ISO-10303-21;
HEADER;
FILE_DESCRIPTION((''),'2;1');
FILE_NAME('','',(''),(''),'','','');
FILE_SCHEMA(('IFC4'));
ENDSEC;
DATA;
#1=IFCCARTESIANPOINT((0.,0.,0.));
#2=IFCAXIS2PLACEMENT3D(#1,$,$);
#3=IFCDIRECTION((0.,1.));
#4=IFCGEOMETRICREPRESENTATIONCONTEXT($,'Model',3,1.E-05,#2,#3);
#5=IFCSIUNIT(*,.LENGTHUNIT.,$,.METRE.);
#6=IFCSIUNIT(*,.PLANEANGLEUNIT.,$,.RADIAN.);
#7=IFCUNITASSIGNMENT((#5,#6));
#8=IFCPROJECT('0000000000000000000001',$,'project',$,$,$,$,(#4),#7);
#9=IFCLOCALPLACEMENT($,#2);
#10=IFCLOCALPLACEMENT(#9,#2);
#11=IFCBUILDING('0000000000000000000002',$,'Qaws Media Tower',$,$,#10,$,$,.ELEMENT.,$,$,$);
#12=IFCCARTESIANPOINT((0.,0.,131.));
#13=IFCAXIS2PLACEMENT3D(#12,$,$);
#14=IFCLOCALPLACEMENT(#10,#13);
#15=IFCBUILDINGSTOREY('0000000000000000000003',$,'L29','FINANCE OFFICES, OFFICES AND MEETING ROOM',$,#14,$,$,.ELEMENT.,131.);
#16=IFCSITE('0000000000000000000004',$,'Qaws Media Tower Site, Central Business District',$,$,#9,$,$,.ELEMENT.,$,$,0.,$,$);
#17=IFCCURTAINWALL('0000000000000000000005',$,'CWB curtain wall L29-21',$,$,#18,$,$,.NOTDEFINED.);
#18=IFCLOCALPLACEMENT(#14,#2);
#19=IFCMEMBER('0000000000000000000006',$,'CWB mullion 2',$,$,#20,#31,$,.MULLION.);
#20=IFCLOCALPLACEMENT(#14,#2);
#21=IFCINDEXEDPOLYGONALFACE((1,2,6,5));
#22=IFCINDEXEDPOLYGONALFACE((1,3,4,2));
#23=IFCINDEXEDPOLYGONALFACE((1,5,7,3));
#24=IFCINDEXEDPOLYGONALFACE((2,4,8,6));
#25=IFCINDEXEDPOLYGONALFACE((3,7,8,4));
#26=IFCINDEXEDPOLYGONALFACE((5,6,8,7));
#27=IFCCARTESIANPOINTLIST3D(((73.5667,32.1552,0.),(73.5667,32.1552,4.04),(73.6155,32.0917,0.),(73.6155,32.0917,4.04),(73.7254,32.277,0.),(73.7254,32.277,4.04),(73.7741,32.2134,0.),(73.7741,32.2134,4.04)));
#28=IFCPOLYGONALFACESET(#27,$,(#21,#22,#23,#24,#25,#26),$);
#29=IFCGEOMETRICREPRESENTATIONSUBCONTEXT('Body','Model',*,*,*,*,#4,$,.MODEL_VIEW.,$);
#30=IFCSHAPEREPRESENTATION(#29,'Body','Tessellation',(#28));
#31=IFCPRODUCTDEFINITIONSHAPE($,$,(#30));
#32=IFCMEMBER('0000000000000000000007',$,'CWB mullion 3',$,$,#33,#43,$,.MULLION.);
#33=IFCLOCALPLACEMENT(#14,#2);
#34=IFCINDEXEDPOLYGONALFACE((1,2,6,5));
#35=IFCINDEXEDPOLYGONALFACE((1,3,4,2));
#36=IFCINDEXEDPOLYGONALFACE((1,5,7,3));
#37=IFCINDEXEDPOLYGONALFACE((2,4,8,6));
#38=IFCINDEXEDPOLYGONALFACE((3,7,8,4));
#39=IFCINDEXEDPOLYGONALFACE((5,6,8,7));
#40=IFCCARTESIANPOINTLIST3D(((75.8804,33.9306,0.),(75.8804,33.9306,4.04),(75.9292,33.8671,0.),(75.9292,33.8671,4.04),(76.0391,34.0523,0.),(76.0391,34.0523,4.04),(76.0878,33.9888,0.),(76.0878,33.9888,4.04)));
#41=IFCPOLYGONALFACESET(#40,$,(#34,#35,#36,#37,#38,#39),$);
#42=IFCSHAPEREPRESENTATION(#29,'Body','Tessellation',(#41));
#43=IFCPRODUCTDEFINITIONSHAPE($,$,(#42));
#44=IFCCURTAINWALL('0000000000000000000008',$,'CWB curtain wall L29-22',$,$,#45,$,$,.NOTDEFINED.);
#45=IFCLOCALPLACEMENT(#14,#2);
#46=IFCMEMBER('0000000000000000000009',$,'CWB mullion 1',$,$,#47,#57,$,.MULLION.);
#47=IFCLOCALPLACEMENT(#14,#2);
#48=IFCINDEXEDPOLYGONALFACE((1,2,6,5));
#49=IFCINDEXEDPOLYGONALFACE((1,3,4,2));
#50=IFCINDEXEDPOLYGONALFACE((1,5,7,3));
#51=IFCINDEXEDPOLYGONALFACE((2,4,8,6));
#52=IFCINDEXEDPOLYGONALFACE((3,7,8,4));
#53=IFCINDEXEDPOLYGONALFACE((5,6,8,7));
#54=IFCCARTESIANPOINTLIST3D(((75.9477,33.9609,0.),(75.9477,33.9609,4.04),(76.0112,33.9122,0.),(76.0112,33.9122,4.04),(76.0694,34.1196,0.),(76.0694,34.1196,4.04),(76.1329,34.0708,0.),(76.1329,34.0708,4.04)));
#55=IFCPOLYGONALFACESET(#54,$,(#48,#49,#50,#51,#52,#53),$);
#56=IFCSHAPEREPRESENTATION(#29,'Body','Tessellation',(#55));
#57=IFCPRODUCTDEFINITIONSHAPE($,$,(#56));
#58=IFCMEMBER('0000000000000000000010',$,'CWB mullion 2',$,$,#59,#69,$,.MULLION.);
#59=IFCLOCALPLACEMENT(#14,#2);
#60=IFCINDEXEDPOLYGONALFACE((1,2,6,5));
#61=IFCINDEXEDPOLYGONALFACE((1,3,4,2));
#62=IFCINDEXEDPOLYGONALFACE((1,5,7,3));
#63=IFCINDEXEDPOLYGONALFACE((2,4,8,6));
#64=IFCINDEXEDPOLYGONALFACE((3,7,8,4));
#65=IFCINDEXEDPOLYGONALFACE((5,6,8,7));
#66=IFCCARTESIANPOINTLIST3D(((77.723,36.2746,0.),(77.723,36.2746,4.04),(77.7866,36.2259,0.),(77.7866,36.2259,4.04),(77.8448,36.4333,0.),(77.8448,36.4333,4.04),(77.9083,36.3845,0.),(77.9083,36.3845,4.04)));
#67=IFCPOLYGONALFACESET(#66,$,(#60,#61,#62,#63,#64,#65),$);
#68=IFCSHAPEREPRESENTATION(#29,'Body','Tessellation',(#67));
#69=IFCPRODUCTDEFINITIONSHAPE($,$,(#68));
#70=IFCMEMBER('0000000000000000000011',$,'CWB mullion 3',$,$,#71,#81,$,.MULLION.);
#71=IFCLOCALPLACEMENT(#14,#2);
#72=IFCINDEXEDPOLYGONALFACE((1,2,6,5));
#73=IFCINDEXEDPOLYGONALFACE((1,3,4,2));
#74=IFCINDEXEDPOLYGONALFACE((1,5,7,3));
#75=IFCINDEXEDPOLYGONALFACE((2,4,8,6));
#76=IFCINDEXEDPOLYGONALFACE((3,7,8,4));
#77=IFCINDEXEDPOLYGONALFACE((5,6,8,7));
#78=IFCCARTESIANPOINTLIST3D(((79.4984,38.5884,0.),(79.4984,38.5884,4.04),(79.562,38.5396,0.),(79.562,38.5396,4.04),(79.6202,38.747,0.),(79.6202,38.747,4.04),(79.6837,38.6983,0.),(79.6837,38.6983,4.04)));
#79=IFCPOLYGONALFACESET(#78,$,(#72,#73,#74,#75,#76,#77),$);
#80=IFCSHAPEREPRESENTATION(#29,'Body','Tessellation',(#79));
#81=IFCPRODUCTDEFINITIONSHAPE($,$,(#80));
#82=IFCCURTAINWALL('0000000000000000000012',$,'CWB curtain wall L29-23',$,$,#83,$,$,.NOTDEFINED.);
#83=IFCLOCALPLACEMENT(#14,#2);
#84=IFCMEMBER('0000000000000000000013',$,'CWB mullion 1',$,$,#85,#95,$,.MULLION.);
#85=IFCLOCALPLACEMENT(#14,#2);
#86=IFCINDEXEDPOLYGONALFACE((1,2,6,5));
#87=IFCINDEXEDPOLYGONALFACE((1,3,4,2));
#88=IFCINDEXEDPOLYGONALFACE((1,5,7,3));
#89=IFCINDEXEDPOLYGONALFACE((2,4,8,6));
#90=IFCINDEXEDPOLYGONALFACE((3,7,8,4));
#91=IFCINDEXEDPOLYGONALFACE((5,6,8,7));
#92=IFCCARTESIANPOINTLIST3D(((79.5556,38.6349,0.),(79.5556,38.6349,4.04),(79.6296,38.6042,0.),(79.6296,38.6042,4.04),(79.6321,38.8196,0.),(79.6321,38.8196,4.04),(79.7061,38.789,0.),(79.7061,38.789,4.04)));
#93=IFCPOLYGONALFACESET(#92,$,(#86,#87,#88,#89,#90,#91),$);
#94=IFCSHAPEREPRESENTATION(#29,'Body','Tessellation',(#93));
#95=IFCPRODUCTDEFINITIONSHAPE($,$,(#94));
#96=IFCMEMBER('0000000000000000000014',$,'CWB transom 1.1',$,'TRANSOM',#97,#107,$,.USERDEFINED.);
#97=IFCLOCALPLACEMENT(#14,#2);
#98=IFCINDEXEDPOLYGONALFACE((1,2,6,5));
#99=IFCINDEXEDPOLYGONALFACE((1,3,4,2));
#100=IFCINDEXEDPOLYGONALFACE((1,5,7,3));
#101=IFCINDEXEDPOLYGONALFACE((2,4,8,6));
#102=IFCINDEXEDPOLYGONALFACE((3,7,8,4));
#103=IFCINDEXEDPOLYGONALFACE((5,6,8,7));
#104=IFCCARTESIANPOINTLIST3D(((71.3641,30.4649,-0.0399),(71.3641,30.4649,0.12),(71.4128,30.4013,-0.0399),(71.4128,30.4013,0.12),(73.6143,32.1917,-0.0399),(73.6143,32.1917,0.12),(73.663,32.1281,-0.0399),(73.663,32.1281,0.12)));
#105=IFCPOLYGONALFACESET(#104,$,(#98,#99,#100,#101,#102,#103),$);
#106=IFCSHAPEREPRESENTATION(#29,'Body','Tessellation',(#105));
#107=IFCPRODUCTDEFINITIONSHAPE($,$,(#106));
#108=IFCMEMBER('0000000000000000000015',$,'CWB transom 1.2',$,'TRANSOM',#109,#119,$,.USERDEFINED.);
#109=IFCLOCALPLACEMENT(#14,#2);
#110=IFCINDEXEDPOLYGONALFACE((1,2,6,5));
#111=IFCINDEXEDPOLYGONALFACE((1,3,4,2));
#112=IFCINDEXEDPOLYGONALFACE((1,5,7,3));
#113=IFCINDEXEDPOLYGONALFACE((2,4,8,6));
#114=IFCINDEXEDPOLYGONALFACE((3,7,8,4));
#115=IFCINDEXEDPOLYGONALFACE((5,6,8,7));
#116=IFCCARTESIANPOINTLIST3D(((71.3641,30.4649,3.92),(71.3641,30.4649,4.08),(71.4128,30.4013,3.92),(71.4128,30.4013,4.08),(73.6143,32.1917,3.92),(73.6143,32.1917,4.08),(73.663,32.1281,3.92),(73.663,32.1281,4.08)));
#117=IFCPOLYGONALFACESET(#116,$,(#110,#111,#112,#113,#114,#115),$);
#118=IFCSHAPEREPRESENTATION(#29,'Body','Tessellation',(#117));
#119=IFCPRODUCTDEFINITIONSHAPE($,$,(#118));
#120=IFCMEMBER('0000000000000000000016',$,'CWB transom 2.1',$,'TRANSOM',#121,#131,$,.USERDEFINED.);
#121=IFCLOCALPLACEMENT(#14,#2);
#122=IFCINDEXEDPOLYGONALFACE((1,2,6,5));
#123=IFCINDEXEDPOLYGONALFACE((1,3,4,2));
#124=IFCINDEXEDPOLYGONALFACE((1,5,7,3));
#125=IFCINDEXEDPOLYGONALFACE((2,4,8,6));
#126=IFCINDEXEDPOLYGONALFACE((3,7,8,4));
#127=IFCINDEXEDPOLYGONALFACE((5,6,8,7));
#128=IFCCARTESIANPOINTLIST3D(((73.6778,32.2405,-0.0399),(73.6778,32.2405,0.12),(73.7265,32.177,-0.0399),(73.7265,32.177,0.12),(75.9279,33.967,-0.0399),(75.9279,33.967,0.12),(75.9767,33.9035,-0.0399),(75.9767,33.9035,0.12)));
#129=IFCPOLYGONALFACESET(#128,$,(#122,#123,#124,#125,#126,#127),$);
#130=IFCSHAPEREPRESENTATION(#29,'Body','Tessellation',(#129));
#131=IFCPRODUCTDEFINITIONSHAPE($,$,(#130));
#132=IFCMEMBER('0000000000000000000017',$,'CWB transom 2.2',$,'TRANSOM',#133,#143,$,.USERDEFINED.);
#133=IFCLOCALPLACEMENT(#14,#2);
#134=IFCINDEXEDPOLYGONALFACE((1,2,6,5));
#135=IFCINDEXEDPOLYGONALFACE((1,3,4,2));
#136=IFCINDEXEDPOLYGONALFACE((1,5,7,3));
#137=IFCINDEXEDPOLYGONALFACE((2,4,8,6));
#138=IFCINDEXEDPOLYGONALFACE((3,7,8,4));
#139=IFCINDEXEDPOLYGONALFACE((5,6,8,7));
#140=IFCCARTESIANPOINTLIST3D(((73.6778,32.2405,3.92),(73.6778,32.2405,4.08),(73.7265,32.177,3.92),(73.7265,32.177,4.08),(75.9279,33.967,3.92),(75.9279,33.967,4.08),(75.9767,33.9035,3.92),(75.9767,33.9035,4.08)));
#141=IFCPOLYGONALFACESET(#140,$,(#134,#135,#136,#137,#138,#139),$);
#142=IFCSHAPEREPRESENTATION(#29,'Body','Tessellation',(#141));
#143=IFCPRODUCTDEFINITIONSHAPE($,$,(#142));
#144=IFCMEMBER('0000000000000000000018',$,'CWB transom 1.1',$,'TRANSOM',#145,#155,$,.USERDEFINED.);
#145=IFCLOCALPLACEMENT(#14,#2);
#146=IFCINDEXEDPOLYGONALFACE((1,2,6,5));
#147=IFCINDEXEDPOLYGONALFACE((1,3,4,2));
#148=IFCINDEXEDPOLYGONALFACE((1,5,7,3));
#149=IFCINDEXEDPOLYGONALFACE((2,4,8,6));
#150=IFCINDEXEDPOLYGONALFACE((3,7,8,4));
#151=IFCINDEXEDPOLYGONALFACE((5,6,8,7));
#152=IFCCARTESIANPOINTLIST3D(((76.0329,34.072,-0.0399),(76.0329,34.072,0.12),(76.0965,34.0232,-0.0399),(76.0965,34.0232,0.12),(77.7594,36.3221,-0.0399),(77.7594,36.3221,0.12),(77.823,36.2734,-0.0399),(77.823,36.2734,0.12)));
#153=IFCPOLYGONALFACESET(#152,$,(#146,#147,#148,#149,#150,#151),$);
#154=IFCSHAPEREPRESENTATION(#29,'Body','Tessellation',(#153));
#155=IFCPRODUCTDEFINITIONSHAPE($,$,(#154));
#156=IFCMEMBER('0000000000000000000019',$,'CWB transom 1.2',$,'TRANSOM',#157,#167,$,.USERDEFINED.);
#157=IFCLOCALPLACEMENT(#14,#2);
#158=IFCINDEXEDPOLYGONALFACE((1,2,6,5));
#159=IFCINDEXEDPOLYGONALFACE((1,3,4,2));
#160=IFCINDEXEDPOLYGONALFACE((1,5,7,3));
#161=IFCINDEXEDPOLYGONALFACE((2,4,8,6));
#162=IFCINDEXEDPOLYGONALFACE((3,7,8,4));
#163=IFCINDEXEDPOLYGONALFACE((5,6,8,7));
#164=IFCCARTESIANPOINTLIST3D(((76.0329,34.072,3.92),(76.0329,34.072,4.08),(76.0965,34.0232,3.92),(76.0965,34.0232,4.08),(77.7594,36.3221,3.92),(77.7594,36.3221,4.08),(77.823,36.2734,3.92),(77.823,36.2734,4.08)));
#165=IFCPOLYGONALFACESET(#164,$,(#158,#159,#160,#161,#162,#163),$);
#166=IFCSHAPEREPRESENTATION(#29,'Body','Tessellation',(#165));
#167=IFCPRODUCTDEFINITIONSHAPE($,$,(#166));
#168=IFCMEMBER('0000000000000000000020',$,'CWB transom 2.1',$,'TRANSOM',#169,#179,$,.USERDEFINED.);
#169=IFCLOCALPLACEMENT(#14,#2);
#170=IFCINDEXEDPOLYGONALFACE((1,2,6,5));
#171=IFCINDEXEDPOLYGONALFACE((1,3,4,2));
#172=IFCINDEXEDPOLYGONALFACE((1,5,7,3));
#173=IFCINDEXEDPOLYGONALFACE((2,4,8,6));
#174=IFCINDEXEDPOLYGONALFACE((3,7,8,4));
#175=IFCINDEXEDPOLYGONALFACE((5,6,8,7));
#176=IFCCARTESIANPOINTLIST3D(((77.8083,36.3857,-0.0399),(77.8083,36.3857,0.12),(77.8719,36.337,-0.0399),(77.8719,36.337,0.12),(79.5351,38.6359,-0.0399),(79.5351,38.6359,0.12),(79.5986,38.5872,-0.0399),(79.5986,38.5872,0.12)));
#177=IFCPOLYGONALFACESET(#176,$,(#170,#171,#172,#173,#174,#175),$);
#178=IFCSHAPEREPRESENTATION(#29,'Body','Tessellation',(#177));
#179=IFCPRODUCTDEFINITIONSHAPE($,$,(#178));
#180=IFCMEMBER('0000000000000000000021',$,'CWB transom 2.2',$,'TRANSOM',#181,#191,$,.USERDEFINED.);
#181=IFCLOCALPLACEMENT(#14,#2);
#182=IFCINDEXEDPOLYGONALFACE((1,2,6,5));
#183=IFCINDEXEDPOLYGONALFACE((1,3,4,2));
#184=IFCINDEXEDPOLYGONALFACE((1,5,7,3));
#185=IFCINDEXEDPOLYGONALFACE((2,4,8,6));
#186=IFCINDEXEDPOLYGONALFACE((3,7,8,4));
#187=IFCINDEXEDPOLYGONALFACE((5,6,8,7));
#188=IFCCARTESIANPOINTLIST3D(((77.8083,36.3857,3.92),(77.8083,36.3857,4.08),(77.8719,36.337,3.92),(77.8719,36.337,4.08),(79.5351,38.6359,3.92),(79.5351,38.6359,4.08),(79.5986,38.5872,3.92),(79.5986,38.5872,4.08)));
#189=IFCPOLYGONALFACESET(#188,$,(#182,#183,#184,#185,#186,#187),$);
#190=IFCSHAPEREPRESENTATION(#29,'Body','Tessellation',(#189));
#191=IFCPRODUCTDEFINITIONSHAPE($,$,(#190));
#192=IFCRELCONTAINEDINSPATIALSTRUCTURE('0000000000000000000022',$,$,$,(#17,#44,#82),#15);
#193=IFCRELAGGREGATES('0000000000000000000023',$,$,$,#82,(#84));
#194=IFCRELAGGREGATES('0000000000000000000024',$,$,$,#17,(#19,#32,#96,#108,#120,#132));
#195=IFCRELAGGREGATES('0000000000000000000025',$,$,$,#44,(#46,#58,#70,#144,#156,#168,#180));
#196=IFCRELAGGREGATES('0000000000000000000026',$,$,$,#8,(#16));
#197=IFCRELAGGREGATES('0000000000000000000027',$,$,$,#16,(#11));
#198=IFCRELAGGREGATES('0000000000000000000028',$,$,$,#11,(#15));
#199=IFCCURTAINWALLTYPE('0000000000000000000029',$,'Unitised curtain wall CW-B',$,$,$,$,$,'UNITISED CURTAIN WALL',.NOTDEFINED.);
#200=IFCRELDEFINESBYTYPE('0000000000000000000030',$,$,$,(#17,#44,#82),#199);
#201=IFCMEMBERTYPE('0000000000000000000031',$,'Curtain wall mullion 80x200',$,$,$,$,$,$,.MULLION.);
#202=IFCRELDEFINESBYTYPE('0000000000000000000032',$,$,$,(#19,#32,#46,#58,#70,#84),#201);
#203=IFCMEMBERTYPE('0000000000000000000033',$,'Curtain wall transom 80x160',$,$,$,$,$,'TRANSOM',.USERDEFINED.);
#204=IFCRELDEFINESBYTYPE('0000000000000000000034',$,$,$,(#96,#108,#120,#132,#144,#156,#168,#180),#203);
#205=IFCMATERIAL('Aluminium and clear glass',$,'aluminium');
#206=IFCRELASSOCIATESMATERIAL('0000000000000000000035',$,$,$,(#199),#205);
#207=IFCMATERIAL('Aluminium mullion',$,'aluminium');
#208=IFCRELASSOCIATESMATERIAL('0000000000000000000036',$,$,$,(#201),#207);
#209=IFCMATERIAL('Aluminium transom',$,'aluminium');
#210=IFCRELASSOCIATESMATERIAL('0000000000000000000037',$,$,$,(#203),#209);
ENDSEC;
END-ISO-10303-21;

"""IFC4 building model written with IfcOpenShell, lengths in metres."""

from ifc_helpers import new_model, si_unit, direction, frame, origin, origin_2d, place, context, subcontext, project, spatial, rectangle, extrude, material, material_profile, profile_set, type_object, element, aggregate, save


model = new_model("IFC4")

# Units and contexts
model_context = context("Model", 3, precision=1e-05, world=origin(), true_north=direction((0.0, 1.0)))
body_context = subcontext(model_context, "Body", "Model", "MODEL_VIEW")
ifc_project = project(units=[si_unit("LENGTHUNIT", "METRE"), si_unit("PLANEANGLEUNIT", "RADIAN")], contexts=[model_context])

# Site, building, storey
site_placement = place(None, origin())
site = spatial("IfcSite", under=ifc_project, at=site_placement, Name="Qaws Media Tower Site, Central Business District", CompositionType="ELEMENT", RefElevation=0.0)
building_placement = place(site_placement, origin())
building = spatial("IfcBuilding", under=site, at=building_placement, Name="Qaws Media Tower", CompositionType="ELEMENT")
storey_placement = place(building_placement, frame((0.0, 0.0, 131.0)))
storey = spatial("IfcBuildingStorey", under=building, at=storey_placement, Name="L29", Description="FINANCE OFFICES, OFFICES AND MEETING ROOM", CompositionType="ELEMENT", Elevation=131.0)

# Curtain walls, members
ifc_material_1 = material(Name="Aluminium and clear glass", Category="aluminium")
curtain_wall_type = type_object("IfcCurtainWallType", Name="Unitised curtain wall CW-B", ElementType="UNITISED CURTAIN WALL", PredefinedType="NOTDEFINED", material=ifc_material_1)
curtain_wall_1_placement = place(storey_placement, origin())
curtain_wall_1 = element("IfcCurtainWall", 1, at=curtain_wall_1_placement, inside=storey, type_object=curtain_wall_type, Name="CWB curtain wall L29-21", PredefinedType="NOTDEFINED")
ifc_material_2 = material(Name="Aluminium mullion", Category="aluminium")
ifc_material_profile_1 = material_profile(ifc_material_2, rectangle(XDim=0.0801, YDim=0.2, at=origin_2d()), Name="80x200")
ifc_profile_set_1 = profile_set([ifc_material_profile_1], Name="Aluminium mullion")
member_type_1 = type_object("IfcMemberType", Name="Curtain wall mullion 80x200", PredefinedType="MULLION", material=ifc_profile_set_1)
member_1_placement = place(storey_placement, frame((73.6704, 32.1843, 0.0), z_axis=(0.0, 0.0, 1.0), x_axis=(-0.608761, 0.793353, 0.0)))
member_1 = element("IfcMember", 2, at=member_1_placement, type_object=member_type_1, Name="CWB mullion 2", PredefinedType="MULLION", context=body_context, shape_type="SweptSolid", body=[
    extrude(rectangle(XDim=0.0801, YDim=0.2, at=origin_2d()), origin(), (0.0, 0.0, 1.0), 4.04),
])
member_2_placement = place(storey_placement, frame((75.9841, 33.9597, 0.0), z_axis=(0.0, 0.0, 1.0), x_axis=(-0.608761, 0.793353, 0.0)))
member_2 = element("IfcMember", 3, at=member_2_placement, type_object=member_type_1, Name="CWB mullion 3", PredefinedType="MULLION", context=body_context, shape_type="SweptSolid", body=[
    extrude(rectangle(XDim=0.0801, YDim=0.2, at=origin_2d()), origin(), (0.0, 0.0, 1.0), 4.04),
])
curtain_wall_2_placement = place(storey_placement, origin())
curtain_wall_2 = element("IfcCurtainWall", 4, at=curtain_wall_2_placement, inside=storey, type_object=curtain_wall_type, Name="CWB curtain wall L29-22", PredefinedType="NOTDEFINED")
member_3_placement = place(storey_placement, frame((76.0403, 34.0159, 0.0), z_axis=(0.0, 0.0, 1.0), x_axis=(-0.793353, 0.608761, 0.0)))
member_3 = element("IfcMember", 5, at=member_3_placement, type_object=member_type_1, Name="CWB mullion 1", PredefinedType="MULLION", context=body_context, shape_type="SweptSolid", body=[
    extrude(rectangle(XDim=0.0801, YDim=0.2, at=origin_2d()), origin(), (0.0, 0.0, 1.0), 4.04),
])
member_4_placement = place(storey_placement, frame((77.8157, 36.3296, 0.0), z_axis=(0.0, 0.0, 1.0), x_axis=(-0.793353, 0.608761, 0.0)))
member_4 = element("IfcMember", 6, at=member_4_placement, type_object=member_type_1, Name="CWB mullion 2", PredefinedType="MULLION", context=body_context, shape_type="SweptSolid", body=[
    extrude(rectangle(XDim=0.0801, YDim=0.2, at=origin_2d()), origin(), (0.0, 0.0, 1.0), 4.04),
])
member_5_placement = place(storey_placement, frame((79.5911, 38.6433, 0.0), z_axis=(0.0, 0.0, 1.0), x_axis=(-0.793353, 0.608761, 0.0)))
member_5 = element("IfcMember", 7, at=member_5_placement, type_object=member_type_1, Name="CWB mullion 3", PredefinedType="MULLION", context=body_context, shape_type="SweptSolid", body=[
    extrude(rectangle(XDim=0.0801, YDim=0.2, at=origin_2d()), origin(), (0.0, 0.0, 1.0), 4.04),
])

# Curtain wall, member
curtain_wall_3_placement = place(storey_placement, origin())
curtain_wall_3 = element("IfcCurtainWall", 8, at=curtain_wall_3_placement, inside=storey, type_object=curtain_wall_type, Name="CWB curtain wall L29-23", PredefinedType="NOTDEFINED")
member_6_placement = place(storey_placement, frame((79.6309, 38.7119, 0.0), z_axis=(0.0, 0.0, 1.0), x_axis=(-0.92388, 0.382683, 0.0)))
member_6 = element("IfcMember", 9, at=member_6_placement, type_object=member_type_1, Name="CWB mullion 1", PredefinedType="MULLION", context=body_context, shape_type="SweptSolid", body=[
    extrude(rectangle(XDim=0.0801, YDim=0.2, at=origin_2d()), origin(), (0.0, 0.0, 1.0), 4.04),
])

# Members
ifc_material_3 = material(Name="Aluminium transom", Category="aluminium")
ifc_material_profile_2 = material_profile(ifc_material_3, rectangle(XDim=0.0801, YDim=0.1599, at=origin_2d()), Name="80x160")
ifc_profile_set_2 = profile_set([ifc_material_profile_2], Name="Aluminium transom")
member_type_2 = type_object("IfcMemberType", Name="Curtain wall transom 80x160", ElementType="TRANSOM", PredefinedType="USERDEFINED", material=ifc_profile_set_2)
member_7_placement = place(storey_placement, frame((71.3884, 30.4331, 0.04), z_axis=(0.793331, 0.608791, 0.0), x_axis=(-0.608791, 0.793331, 0.0)))
member_7 = element("IfcMember", 10, at=member_7_placement, type_object=member_type_2, Name="CWB transom 1.1", ObjectType="TRANSOM", PredefinedType="USERDEFINED", context=body_context, shape_type="SweptSolid", body=[
    extrude(rectangle(XDim=0.0801, YDim=0.1599, at=origin_2d()), origin(), (0.0, 0.0, 1.0), 2.8364),
])
member_8_placement = place(storey_placement, frame((71.3884, 30.4331, 4.0), z_axis=(0.793331, 0.608791, 0.0), x_axis=(-0.608791, 0.793331, 0.0)))
member_8 = element("IfcMember", 11, at=member_8_placement, type_object=member_type_2, Name="CWB transom 1.2", ObjectType="TRANSOM", PredefinedType="USERDEFINED", context=body_context, shape_type="SweptSolid", body=[
    extrude(rectangle(XDim=0.0801, YDim=0.1599, at=origin_2d()), origin(), (0.0, 0.0, 1.0), 2.8364),
])
member_9_placement = place(storey_placement, frame((73.7021, 32.2087, 0.04), z_axis=(0.793372, 0.608737, 0.0), x_axis=(-0.608737, 0.793372, 0.0)))
member_9 = element("IfcMember", 12, at=member_9_placement, type_object=member_type_2, Name="CWB transom 2.1", ObjectType="TRANSOM", PredefinedType="USERDEFINED", context=body_context, shape_type="SweptSolid", body=[
    extrude(rectangle(XDim=0.0801, YDim=0.1599, at=origin_2d()), origin(), (0.0, 0.0, 1.0), 2.8362),
])
member_10_placement = place(storey_placement, frame((73.7021, 32.2087, 4.0), z_axis=(0.793372, 0.608737, 0.0), x_axis=(-0.608737, 0.793372, 0.0)))
member_10 = element("IfcMember", 13, at=member_10_placement, type_object=member_type_2, Name="CWB transom 2.2", ObjectType="TRANSOM", PredefinedType="USERDEFINED", context=body_context, shape_type="SweptSolid", body=[
    extrude(rectangle(XDim=0.0801, YDim=0.1599, at=origin_2d()), origin(), (0.0, 0.0, 1.0), 2.8362),
])
member_11_placement = place(storey_placement, frame((76.0647, 34.0476, 0.04), z_axis=(0.608737, 0.793372, 0.0), x_axis=(-0.793372, 0.608737, 0.0)))
member_11 = element("IfcMember", 14, at=member_11_placement, type_object=member_type_2, Name="CWB transom 1.1", ObjectType="TRANSOM", PredefinedType="USERDEFINED", context=body_context, shape_type="SweptSolid", body=[
    extrude(rectangle(XDim=0.0801, YDim=0.1599, at=origin_2d()), origin(), (0.0, 0.0, 1.0), 2.8362),
])
member_12_placement = place(storey_placement, frame((76.0647, 34.0476, 4.0), z_axis=(0.608737, 0.793372, 0.0), x_axis=(-0.793372, 0.608737, 0.0)))
member_12 = element("IfcMember", 15, at=member_12_placement, type_object=member_type_2, Name="CWB transom 1.2", ObjectType="TRANSOM", PredefinedType="USERDEFINED", context=body_context, shape_type="SweptSolid", body=[
    extrude(rectangle(XDim=0.0801, YDim=0.1599, at=origin_2d()), origin(), (0.0, 0.0, 1.0), 2.8362),
])
member_13_placement = place(storey_placement, frame((77.8401, 36.3613, 0.04), z_axis=(0.608791, 0.793331, 0.0), x_axis=(-0.793331, 0.608791, 0.0)))
member_13 = element("IfcMember", 16, at=member_13_placement, type_object=member_type_2, Name="CWB transom 2.1", ObjectType="TRANSOM", PredefinedType="USERDEFINED", context=body_context, shape_type="SweptSolid", body=[
    extrude(rectangle(XDim=0.0801, YDim=0.1599, at=origin_2d()), origin(), (0.0, 0.0, 1.0), 2.8364),
])
member_14_placement = place(storey_placement, frame((77.8401, 36.3613, 4.0), z_axis=(0.608791, 0.793331, 0.0), x_axis=(-0.793331, 0.608791, 0.0)))
member_14 = element("IfcMember", 17, at=member_14_placement, type_object=member_type_2, Name="CWB transom 2.2", ObjectType="TRANSOM", PredefinedType="USERDEFINED", context=body_context, shape_type="SweptSolid", body=[
    extrude(rectangle(XDim=0.0801, YDim=0.1599, at=origin_2d()), origin(), (0.0, 0.0, 1.0), 2.8364),
])
aggregate(curtain_wall_3, [member_6])

aggregate(curtain_wall_1, [member_1, member_2, member_7, member_8, member_9, member_10])
aggregate(curtain_wall_2, [member_3, member_4, member_5, member_11, member_12, member_13, member_14])

save(model, "model.ifc")
